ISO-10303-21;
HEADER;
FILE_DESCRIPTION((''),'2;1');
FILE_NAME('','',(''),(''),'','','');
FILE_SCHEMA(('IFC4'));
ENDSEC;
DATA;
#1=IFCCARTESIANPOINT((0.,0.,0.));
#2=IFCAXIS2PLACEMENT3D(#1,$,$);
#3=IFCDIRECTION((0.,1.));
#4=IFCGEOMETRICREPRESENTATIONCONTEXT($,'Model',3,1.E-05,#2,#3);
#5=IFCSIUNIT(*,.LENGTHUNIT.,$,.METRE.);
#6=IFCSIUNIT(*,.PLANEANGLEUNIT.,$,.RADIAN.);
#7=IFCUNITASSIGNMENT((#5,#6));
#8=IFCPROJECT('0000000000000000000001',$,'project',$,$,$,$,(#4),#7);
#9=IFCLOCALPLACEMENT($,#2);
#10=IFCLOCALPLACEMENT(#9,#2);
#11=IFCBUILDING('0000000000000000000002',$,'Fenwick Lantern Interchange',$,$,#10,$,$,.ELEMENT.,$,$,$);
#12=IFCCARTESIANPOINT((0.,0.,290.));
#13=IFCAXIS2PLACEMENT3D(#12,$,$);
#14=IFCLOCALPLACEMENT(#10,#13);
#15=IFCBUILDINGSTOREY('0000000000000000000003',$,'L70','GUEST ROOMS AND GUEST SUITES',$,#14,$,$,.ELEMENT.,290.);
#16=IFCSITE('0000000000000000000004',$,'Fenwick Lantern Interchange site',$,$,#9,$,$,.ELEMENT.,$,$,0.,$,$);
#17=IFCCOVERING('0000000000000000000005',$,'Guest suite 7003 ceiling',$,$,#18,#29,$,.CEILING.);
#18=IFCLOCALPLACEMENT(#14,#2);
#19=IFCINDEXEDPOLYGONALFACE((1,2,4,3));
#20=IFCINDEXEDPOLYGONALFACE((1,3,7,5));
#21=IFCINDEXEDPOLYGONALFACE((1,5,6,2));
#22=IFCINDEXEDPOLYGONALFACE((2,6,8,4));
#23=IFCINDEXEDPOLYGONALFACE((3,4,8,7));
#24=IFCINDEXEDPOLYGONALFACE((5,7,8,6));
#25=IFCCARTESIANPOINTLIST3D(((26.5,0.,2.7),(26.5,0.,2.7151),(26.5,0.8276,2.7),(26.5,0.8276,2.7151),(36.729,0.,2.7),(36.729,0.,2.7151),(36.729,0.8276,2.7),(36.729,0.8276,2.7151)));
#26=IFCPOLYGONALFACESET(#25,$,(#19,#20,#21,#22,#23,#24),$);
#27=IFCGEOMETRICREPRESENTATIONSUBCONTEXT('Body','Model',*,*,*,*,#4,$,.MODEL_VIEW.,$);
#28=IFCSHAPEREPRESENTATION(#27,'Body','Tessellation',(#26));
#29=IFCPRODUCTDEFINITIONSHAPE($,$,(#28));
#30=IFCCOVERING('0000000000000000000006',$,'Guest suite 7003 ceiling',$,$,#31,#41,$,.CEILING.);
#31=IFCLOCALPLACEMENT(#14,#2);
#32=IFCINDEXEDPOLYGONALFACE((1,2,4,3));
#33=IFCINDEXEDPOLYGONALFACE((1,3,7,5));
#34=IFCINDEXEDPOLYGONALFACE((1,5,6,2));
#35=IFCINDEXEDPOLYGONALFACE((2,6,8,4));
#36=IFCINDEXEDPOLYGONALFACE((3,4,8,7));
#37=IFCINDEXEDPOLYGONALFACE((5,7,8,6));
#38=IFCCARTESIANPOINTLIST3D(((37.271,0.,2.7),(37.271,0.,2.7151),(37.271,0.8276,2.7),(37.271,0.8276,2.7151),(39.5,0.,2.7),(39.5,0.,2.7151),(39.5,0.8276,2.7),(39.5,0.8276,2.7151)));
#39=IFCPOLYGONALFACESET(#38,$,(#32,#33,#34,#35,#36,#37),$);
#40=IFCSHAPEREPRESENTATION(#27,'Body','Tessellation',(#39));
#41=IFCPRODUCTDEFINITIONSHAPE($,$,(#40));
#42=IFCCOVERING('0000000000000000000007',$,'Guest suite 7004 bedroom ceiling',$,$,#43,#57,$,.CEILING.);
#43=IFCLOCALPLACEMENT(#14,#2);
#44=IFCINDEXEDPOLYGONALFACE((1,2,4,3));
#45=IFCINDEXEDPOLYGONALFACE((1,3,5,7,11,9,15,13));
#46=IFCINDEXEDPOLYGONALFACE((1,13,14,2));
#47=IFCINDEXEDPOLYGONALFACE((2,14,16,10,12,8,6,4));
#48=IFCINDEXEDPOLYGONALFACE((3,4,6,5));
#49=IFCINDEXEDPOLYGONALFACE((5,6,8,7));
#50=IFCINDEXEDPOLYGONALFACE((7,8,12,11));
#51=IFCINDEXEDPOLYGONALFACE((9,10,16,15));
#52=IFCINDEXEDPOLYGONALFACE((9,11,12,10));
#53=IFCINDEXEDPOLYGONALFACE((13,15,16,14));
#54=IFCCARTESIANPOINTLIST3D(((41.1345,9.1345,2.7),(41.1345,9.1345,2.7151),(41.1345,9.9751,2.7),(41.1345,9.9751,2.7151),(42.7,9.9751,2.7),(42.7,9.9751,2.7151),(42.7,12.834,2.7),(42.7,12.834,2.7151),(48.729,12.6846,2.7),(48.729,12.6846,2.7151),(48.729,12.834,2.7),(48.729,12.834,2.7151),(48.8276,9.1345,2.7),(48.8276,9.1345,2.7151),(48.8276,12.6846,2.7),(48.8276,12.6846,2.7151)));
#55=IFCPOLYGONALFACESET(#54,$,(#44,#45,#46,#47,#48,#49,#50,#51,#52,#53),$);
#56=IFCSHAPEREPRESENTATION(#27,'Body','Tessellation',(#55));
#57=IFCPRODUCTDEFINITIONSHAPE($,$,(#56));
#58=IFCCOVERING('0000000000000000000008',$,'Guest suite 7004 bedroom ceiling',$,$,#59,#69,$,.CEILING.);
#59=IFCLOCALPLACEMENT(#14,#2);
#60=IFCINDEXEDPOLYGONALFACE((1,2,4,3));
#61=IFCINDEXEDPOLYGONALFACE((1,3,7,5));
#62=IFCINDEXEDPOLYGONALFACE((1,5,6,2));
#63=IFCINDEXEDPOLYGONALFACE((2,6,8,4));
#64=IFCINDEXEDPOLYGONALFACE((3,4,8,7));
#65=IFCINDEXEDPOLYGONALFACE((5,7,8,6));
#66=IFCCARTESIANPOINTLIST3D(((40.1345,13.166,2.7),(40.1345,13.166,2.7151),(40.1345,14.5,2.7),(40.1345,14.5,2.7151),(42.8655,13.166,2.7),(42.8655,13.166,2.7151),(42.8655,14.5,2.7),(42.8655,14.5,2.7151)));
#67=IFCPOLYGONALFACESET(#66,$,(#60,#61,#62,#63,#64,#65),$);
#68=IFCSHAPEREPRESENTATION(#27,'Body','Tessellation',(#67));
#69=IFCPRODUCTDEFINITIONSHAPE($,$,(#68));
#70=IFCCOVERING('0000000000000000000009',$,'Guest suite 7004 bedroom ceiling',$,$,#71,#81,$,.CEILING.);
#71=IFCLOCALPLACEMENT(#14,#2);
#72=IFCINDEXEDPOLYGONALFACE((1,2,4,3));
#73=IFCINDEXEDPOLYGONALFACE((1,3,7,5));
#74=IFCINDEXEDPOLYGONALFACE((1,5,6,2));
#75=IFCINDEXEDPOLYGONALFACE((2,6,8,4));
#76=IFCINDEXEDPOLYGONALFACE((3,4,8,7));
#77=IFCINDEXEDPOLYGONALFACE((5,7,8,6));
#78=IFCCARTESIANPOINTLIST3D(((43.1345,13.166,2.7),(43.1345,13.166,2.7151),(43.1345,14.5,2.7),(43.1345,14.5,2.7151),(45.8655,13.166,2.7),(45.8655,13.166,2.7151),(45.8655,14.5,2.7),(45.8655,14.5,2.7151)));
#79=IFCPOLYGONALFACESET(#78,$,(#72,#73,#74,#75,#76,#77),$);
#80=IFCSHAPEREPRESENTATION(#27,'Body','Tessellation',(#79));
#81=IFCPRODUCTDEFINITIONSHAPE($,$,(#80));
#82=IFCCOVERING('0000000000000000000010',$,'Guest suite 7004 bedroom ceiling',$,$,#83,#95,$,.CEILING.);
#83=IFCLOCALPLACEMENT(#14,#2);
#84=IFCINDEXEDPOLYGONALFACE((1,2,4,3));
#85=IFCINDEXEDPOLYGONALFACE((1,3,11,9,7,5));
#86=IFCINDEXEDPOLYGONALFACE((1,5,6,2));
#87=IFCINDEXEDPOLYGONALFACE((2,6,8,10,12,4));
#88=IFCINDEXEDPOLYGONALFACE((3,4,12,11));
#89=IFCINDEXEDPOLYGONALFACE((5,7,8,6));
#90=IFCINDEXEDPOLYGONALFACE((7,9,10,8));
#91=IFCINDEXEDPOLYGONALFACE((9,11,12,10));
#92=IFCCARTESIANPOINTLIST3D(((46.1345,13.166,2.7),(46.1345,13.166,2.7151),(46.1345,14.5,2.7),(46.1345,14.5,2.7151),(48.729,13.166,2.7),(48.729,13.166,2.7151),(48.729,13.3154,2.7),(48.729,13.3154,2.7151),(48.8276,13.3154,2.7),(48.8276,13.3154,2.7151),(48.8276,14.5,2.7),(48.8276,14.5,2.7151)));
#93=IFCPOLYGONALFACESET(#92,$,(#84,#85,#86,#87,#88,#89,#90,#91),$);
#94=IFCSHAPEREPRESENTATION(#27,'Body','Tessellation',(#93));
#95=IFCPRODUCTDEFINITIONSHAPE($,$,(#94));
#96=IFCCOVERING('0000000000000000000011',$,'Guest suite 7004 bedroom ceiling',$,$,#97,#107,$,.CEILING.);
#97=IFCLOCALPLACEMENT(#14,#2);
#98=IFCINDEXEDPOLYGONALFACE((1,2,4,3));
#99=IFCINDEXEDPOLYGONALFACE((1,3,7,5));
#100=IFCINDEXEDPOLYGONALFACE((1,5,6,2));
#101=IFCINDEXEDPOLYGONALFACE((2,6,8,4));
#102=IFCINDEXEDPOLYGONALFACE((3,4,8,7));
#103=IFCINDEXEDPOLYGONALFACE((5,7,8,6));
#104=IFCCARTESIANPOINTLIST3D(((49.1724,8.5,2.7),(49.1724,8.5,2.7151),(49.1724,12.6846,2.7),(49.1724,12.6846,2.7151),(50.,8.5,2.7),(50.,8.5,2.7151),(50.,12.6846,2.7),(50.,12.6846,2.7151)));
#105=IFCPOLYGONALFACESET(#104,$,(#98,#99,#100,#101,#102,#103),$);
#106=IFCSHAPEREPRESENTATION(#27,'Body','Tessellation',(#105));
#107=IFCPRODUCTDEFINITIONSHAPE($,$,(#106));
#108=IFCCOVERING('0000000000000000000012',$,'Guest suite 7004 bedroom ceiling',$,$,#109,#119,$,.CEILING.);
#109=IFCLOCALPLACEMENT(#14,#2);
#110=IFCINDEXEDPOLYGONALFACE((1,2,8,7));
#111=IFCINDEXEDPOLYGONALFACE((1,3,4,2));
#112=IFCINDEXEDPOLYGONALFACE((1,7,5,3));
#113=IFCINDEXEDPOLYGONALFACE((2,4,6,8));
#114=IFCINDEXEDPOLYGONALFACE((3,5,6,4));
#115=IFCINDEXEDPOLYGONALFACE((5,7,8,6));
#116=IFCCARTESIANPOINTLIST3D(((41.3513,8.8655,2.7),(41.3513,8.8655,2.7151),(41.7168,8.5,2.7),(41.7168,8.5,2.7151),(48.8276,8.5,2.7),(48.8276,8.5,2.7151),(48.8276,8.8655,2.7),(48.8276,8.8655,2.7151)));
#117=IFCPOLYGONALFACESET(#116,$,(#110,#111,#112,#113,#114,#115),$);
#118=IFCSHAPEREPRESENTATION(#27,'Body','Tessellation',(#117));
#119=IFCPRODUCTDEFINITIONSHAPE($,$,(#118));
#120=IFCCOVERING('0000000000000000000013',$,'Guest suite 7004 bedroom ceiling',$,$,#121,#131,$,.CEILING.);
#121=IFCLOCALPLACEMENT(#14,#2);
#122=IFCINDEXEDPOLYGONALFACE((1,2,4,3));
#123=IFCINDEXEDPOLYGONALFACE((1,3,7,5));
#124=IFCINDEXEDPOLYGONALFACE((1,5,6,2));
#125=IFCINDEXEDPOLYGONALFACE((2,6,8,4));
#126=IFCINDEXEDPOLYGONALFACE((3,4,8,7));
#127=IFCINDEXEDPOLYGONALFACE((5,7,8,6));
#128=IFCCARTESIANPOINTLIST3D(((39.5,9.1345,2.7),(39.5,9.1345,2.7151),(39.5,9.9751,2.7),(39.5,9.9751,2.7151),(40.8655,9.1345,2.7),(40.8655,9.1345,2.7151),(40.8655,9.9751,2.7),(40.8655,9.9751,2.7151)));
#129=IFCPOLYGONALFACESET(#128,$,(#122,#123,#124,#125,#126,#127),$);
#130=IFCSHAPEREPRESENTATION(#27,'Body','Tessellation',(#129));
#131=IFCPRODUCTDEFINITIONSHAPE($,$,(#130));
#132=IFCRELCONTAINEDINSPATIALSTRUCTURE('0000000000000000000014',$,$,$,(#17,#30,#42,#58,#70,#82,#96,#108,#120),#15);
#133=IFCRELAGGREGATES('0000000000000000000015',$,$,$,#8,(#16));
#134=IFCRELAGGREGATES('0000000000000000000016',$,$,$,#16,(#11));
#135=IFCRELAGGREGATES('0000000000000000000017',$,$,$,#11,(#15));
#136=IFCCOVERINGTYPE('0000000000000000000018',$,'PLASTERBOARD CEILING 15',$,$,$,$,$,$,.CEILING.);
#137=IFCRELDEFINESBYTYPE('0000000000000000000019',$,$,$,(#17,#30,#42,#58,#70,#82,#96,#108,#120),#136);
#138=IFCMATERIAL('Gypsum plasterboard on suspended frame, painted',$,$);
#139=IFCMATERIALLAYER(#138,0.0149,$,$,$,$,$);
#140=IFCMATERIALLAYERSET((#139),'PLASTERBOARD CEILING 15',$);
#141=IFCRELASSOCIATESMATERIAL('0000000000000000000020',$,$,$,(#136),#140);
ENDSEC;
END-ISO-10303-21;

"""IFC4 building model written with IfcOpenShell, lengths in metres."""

from ifc_helpers import new_model, si_unit, direction, frame, origin, place, context, subcontext, project, spatial, polyline, outline, extrude, material, layer, layer_set, type_object, element, save


model = new_model("IFC4")

# Units and contexts
model_context = context("Model", 3, precision=1e-05, world=origin(), true_north=direction((0.0, 1.0)))
body_context = subcontext(model_context, "Body", "Model", "MODEL_VIEW")
ifc_project = project(units=[si_unit("LENGTHUNIT", "METRE"), si_unit("PLANEANGLEUNIT", "RADIAN")], contexts=[model_context])

# Site, building, storey
site_placement = place(None, origin())
site = spatial("IfcSite", under=ifc_project, at=site_placement, Name="Fenwick Lantern Interchange site", CompositionType="ELEMENT", RefElevation=0.0)
building_placement = place(site_placement, origin())
building = spatial("IfcBuilding", under=site, at=building_placement, Name="Fenwick Lantern Interchange", CompositionType="ELEMENT")
storey_placement = place(building_placement, frame((0.0, 0.0, 290.0)))
storey = spatial("IfcBuildingStorey", under=building, at=storey_placement, Name="L70", Description="GUEST ROOMS AND GUEST SUITES", CompositionType="ELEMENT", Elevation=290.0)

# Coverings
ifc_material = material(Name="Gypsum plasterboard on suspended frame, painted")
ifc_layer = layer(ifc_material, 0.0149)
ifc_layer_set = layer_set([ifc_layer], Name="PLASTERBOARD CEILING 15")
covering_type = type_object("IfcCoveringType", Name="PLASTERBOARD CEILING 15", PredefinedType="CEILING", material=ifc_layer_set)
covering_1_placement = place(storey_placement, frame((0.0, 0.0, 2.7)))
element("IfcCovering", 1, at=covering_1_placement, inside=storey, type_object=covering_type, Name="Guest suite 7003 ceiling", PredefinedType="CEILING", context=body_context, shape_type="SweptSolid", body=[
    extrude(outline(polyline([(36.729, 0.0), (36.729, 0.8276), (26.5, 0.8276), (26.5, 0.0), (36.729, 0.0)])), origin(), (0.0, 0.0, 1.0), 0.0151),
])
covering_2_placement = place(storey_placement, frame((0.0, 0.0, 2.7)))
element("IfcCovering", 2, at=covering_2_placement, inside=storey, type_object=covering_type, Name="Guest suite 7003 ceiling", PredefinedType="CEILING", context=body_context, shape_type="SweptSolid", body=[
    extrude(outline(polyline([(37.271, 0.8276), (37.271, 0.0), (39.5, 0.0), (39.5, 0.8276), (37.271, 0.8276)])), origin(), (0.0, 0.0, 1.0), 0.0151),
])
covering_3_placement = place(storey_placement, frame((0.0, 0.0, 2.7)))
element("IfcCovering", 3, at=covering_3_placement, inside=storey, type_object=covering_type, Name="Guest suite 7004 bedroom ceiling", PredefinedType="CEILING", context=body_context, shape_type="SweptSolid", body=[
    extrude(outline(polyline([(48.729, 12.6846), (48.729, 12.834), (42.7, 12.834), (42.7, 9.9751), (41.1345, 9.9751), (41.1345, 9.1345), (48.8276, 9.1345), (48.8276, 12.6846), (48.729, 12.6846)])), origin(), (0.0, 0.0, 1.0), 0.0151),
])
covering_4_placement = place(storey_placement, frame((0.0, 0.0, 2.7)))
element("IfcCovering", 4, at=covering_4_placement, inside=storey, type_object=covering_type, Name="Guest suite 7004 bedroom ceiling", PredefinedType="CEILING", context=body_context, shape_type="SweptSolid", body=[
    extrude(outline(polyline([(42.8655, 14.5), (40.1345, 14.5), (40.1345, 13.166), (42.8655, 13.166), (42.8655, 14.5)])), origin(), (0.0, 0.0, 1.0), 0.0151),
])
covering_5_placement = place(storey_placement, frame((0.0, 0.0, 2.7)))
element("IfcCovering", 5, at=covering_5_placement, inside=storey, type_object=covering_type, Name="Guest suite 7004 bedroom ceiling", PredefinedType="CEILING", context=body_context, shape_type="SweptSolid", body=[
    extrude(outline(polyline([(45.8655, 14.5), (43.1345, 14.5), (43.1345, 13.166), (45.8655, 13.166), (45.8655, 14.5)])), origin(), (0.0, 0.0, 1.0), 0.0151),
])
covering_6_placement = place(storey_placement, frame((0.0, 0.0, 2.7)))
element("IfcCovering", 6, at=covering_6_placement, inside=storey, type_object=covering_type, Name="Guest suite 7004 bedroom ceiling", PredefinedType="CEILING", context=body_context, shape_type="SweptSolid", body=[
    extrude(outline(polyline([(48.729, 13.3154), (48.8276, 13.3154), (48.8276, 14.5), (46.1345, 14.5), (46.1345, 13.166), (48.729, 13.166), (48.729, 13.3154)])), origin(), (0.0, 0.0, 1.0), 0.0151),
])
covering_7_placement = place(storey_placement, frame((0.0, 0.0, 2.7)))
element("IfcCovering", 7, at=covering_7_placement, inside=storey, type_object=covering_type, Name="Guest suite 7004 bedroom ceiling", PredefinedType="CEILING", context=body_context, shape_type="SweptSolid", body=[
    extrude(outline(polyline([(50.0, 12.6846), (49.1724, 12.6846), (49.1724, 8.5), (50.0, 8.5), (50.0, 12.6846)])), origin(), (0.0, 0.0, 1.0), 0.0151),
])
covering_8_placement = place(storey_placement, frame((0.0, 0.0, 2.7)))
element("IfcCovering", 8, at=covering_8_placement, inside=storey, type_object=covering_type, Name="Guest suite 7004 bedroom ceiling", PredefinedType="CEILING", context=body_context, shape_type="SweptSolid", body=[
    extrude(outline(polyline([(41.7168, 8.5), (48.8276, 8.5), (48.8276, 8.8655), (41.3513, 8.8655), (41.7168, 8.5)])), origin(), (0.0, 0.0, 1.0), 0.0151),
])
covering_9_placement = place(storey_placement, frame((0.0, 0.0, 2.7)))
element("IfcCovering", 9, at=covering_9_placement, inside=storey, type_object=covering_type, Name="Guest suite 7004 bedroom ceiling", PredefinedType="CEILING", context=body_context, shape_type="SweptSolid", body=[
    extrude(outline(polyline([(39.5, 9.9751), (39.5, 9.1345), (40.8655, 9.1345), (40.8655, 9.9751), (39.5, 9.9751)])), origin(), (0.0, 0.0, 1.0), 0.0151),
])

save(model, "model.ifc")
